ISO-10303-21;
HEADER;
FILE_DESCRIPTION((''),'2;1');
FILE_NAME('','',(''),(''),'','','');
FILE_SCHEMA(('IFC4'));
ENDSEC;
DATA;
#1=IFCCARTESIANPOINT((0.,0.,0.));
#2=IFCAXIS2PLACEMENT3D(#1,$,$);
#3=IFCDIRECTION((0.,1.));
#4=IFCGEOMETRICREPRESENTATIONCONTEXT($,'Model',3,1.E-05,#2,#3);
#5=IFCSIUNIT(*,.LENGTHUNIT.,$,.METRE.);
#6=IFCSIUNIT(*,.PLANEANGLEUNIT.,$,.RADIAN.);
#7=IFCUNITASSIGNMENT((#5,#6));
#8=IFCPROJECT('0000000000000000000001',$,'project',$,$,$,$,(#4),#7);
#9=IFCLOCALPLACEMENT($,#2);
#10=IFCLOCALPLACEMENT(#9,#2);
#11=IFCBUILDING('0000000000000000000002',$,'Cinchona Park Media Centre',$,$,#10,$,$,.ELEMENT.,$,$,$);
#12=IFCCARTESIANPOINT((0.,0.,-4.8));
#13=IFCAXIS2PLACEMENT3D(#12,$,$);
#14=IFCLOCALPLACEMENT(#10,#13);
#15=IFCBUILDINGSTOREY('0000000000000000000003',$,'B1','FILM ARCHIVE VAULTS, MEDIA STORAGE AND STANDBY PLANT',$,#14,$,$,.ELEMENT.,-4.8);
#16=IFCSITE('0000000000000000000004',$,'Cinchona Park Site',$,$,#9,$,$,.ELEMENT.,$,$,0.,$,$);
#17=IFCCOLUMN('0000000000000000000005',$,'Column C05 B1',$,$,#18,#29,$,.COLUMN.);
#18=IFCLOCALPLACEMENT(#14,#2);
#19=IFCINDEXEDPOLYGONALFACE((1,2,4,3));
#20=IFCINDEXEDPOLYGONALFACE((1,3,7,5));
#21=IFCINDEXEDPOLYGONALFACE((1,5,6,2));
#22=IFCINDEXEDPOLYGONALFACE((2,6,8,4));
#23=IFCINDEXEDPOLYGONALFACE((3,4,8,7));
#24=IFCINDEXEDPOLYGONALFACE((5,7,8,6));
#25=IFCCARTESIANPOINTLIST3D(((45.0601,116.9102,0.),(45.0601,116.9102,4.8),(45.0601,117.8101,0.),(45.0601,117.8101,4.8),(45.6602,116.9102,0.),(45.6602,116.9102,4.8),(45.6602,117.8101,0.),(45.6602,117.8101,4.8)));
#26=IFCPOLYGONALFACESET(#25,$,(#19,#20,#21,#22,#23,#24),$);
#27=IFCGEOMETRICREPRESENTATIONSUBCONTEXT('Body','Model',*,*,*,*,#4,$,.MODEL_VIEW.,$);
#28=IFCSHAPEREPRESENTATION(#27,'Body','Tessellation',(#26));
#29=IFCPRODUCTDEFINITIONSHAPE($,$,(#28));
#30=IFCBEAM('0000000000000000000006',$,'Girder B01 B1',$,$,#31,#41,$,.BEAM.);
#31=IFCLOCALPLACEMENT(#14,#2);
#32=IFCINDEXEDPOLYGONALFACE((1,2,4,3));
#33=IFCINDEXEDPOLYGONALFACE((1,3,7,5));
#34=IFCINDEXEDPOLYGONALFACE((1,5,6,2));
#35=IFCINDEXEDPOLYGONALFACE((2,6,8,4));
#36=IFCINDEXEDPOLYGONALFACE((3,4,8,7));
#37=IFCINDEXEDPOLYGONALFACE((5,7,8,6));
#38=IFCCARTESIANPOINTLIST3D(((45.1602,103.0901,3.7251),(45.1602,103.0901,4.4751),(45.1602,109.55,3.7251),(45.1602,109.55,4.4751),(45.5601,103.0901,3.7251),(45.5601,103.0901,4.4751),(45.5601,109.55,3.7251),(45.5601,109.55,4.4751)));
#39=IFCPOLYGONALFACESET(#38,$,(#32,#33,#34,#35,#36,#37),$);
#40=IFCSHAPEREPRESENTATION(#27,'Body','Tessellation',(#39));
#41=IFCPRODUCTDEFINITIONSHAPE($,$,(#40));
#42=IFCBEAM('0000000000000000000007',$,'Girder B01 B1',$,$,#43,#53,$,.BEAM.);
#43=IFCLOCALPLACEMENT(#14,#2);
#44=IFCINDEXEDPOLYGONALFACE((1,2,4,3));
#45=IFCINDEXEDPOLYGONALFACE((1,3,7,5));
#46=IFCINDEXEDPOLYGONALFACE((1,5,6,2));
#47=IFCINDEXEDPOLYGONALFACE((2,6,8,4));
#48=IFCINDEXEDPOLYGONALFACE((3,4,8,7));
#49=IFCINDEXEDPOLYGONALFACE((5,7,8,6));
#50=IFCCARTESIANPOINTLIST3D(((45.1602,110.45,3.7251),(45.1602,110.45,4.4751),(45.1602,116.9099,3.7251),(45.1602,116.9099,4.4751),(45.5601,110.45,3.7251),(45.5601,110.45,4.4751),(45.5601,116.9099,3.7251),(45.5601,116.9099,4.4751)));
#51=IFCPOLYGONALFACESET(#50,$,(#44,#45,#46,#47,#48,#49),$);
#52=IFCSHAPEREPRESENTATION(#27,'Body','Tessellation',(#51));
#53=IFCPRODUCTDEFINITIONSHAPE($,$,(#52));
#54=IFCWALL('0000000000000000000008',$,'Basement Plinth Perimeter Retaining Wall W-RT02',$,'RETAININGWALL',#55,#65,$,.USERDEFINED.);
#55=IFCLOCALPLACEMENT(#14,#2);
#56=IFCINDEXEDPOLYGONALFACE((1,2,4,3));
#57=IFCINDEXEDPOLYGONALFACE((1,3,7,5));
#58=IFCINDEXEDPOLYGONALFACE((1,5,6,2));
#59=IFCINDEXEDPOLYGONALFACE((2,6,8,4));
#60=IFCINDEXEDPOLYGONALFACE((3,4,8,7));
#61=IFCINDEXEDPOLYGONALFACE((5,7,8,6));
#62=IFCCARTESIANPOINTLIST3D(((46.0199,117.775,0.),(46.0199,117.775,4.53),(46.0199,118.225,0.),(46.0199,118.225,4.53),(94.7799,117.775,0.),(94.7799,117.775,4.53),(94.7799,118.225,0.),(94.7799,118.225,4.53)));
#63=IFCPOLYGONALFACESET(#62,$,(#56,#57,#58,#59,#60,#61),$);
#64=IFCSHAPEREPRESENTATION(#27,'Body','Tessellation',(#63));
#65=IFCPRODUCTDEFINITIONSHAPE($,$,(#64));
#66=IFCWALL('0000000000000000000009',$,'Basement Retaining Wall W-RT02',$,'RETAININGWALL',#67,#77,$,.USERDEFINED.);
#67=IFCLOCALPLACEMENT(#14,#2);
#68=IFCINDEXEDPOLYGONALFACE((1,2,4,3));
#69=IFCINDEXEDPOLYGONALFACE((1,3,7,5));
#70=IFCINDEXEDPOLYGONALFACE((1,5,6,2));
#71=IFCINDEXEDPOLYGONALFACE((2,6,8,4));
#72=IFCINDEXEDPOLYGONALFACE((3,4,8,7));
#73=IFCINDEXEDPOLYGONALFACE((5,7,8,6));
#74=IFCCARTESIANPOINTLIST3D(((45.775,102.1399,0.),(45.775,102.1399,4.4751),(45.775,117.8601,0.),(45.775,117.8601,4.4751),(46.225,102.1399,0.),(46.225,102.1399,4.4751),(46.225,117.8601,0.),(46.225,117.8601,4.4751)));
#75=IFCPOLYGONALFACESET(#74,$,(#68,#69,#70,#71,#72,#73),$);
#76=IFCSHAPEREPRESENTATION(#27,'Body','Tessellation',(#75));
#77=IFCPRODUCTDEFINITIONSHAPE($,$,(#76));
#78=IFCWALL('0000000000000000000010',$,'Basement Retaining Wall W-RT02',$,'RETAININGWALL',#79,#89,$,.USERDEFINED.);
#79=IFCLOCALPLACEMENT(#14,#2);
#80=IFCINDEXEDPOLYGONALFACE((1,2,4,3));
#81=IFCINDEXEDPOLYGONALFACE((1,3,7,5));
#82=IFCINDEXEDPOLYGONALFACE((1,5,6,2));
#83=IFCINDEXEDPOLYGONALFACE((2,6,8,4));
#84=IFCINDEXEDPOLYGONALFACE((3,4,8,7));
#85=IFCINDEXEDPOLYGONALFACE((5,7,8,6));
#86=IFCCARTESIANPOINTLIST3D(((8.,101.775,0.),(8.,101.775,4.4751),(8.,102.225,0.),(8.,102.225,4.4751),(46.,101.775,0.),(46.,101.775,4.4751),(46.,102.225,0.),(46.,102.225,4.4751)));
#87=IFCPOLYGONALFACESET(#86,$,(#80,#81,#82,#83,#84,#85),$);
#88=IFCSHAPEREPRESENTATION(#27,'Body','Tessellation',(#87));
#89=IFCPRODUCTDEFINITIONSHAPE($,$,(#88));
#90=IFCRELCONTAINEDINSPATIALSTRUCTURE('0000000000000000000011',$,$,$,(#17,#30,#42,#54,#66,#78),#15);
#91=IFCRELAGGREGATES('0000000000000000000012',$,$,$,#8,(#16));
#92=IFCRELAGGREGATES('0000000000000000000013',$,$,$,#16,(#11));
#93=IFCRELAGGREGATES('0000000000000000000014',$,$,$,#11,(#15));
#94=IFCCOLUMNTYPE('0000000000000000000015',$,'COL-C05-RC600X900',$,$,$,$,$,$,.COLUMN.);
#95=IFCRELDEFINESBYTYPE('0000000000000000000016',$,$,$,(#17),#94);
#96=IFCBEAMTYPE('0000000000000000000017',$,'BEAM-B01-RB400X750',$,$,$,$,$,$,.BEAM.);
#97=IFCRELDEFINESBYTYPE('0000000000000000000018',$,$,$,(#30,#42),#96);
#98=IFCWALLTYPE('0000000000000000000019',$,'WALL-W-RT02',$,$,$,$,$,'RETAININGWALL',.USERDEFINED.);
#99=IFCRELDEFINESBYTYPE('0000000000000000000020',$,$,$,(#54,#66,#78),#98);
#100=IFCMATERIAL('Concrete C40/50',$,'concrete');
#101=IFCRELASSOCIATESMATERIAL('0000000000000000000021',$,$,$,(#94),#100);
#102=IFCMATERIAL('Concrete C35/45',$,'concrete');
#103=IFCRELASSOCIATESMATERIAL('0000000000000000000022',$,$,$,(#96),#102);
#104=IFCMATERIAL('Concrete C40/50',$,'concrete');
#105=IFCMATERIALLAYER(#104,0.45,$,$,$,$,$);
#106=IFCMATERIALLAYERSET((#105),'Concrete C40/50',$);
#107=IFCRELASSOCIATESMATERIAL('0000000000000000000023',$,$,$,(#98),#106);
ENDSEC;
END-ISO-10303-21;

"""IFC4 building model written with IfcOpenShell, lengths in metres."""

from ifc_helpers import new_model, si_unit, direction, frame, frame_2d, origin, origin_2d, place, context, subcontext, project, spatial, rectangle, extrude, material, layer, layer_set, material_profile, profile_set, type_object, element, save


model = new_model("IFC4")

# Units and contexts
model_context = context("Model", 3, precision=1e-05, world=origin(), true_north=direction((0.0, 1.0)))
body_context = subcontext(model_context, "Body", "Model", "MODEL_VIEW")
ifc_project = project(units=[si_unit("LENGTHUNIT", "METRE"), si_unit("PLANEANGLEUNIT", "RADIAN")], contexts=[model_context])

# Site, building, storey
site_placement = place(None, origin())
site = spatial("IfcSite", under=ifc_project, at=site_placement, Name="Cinchona Park Site", CompositionType="ELEMENT", RefElevation=0.0)
building_placement = place(site_placement, origin())
building = spatial("IfcBuilding", under=site, at=building_placement, Name="Cinchona Park Media Centre", CompositionType="ELEMENT")
storey_placement = place(building_placement, frame((0.0, 0.0, -4.8)))
storey = spatial("IfcBuildingStorey", under=building, at=storey_placement, Name="B1", Description="FILM ARCHIVE VAULTS, MEDIA STORAGE AND STANDBY PLANT", CompositionType="ELEMENT", Elevation=-4.8)

# Column
ifc_material_1 = material(Name="Concrete C40/50", Category="concrete")
ifc_material_profile_1 = material_profile(ifc_material_1, rectangle(XDim=0.6001, YDim=0.8999, at=origin_2d()), Name="RC 600X900")
ifc_profile_set_1 = profile_set([ifc_material_profile_1], Name="Concrete C40/50")
column_type = type_object("IfcColumnType", Name="COL-C05-RC600X900", PredefinedType="COLUMN", material=ifc_profile_set_1)
for number, where, z_axis, x_axis, name in (
    (1, (45.3601, 117.3601, 0.0), (0.0, 0.0, 1.0), (1.0, 0.0, 0.0), "Column C05 B1"),
):
    element("IfcColumn", number, at=place(storey_placement, frame(where, z_axis=z_axis, x_axis=x_axis)), inside=storey, type_object=column_type, Name=name, PredefinedType="COLUMN", context=body_context, shape_type="SweptSolid", body=[
        extrude(rectangle(XDim=0.6001, YDim=0.8999, at=origin_2d()), origin(), (0.0, 0.0, 1.0), 4.8),
    ])

# Beams
ifc_material_2 = material(Name="Concrete C35/45", Category="concrete")
ifc_material_profile_2 = material_profile(ifc_material_2, rectangle(XDim=0.3999, YDim=0.75, at=origin_2d()), Name="RB 400X750")
ifc_profile_set_2 = profile_set([ifc_material_profile_2], Name="Concrete C35/45")
beam_type = type_object("IfcBeamType", Name="BEAM-B01-RB400X750", PredefinedType="BEAM", material=ifc_profile_set_2)
for number, where, z_axis, x_axis, name in (
    (2, (45.3601, 103.0901, 4.1001), (0.0, 1.0, 0.0), (-1.0, 0.0, 0.0), "Girder B01 B1"),
    (3, (45.3601, 110.45, 4.1001), (0.0, 1.0, 0.0), (-1.0, 0.0, 0.0), "Girder B01 B1"),
):
    element("IfcBeam", number, at=place(storey_placement, frame(where, z_axis=z_axis, x_axis=x_axis)), inside=storey, type_object=beam_type, Name=name, PredefinedType="BEAM", context=body_context, shape_type="SweptSolid", body=[
        extrude(rectangle(XDim=0.3999, YDim=0.75, at=origin_2d()), origin(), (0.0, 0.0, 1.0), 6.46),
    ])

# Walls
ifc_material_3 = material(Name="Concrete C40/50", Category="concrete")
ifc_layer_1 = layer(ifc_material_3, 0.45)
ifc_layer_set_1 = layer_set([ifc_layer_1], Name="Concrete C40/50")
wall_type = type_object("IfcWallType", Name="WALL-W-RT02", ElementType="RETAININGWALL", PredefinedType="USERDEFINED", material=ifc_layer_set_1)
wall_1_placement = place(storey_placement, frame((46.02, 118.0, 0.0), z_axis=(0.0, 0.0, 1.0), x_axis=(1.0, 0.0, 0.0)))
element("IfcWall", 4, at=wall_1_placement, inside=storey, type_object=wall_type, Name="Basement Plinth Perimeter Retaining Wall W-RT02", ObjectType="RETAININGWALL", PredefinedType="USERDEFINED", context=body_context, shape_type="SweptSolid", body=[
    extrude(rectangle(XDim=48.76, YDim=0.45, at=frame_2d((24.3799, 0.0))), origin(), (0.0, 0.0, 1.0), 4.53),
])
wall_2_placement = place(storey_placement, frame((46.0, 117.8601, 0.0), z_axis=(0.0, 0.0, 1.0), x_axis=(0.0, -1.0, 0.0)))
element("IfcWall", 5, at=wall_2_placement, inside=storey, type_object=wall_type, Name="Basement Retaining Wall W-RT02", ObjectType="RETAININGWALL", PredefinedType="USERDEFINED", context=body_context, shape_type="SweptSolid", body=[
    extrude(rectangle(XDim=15.7202, YDim=0.45, at=frame_2d((7.8601, 0.0))), origin(), (0.0, 0.0, 1.0), 4.4751),
])
wall_3_placement = place(storey_placement, frame((46.0, 102.0, 0.0), z_axis=(0.0, 0.0, 1.0), x_axis=(-1.0, 0.0, 0.0)))
element("IfcWall", 6, at=wall_3_placement, inside=storey, type_object=wall_type, Name="Basement Retaining Wall W-RT02", ObjectType="RETAININGWALL", PredefinedType="USERDEFINED", context=body_context, shape_type="SweptSolid", body=[
    extrude(rectangle(XDim=38.0, YDim=0.45, at=frame_2d((19.0, 0.0))), origin(), (0.0, 0.0, 1.0), 4.4751),
])

save(model, "model.ifc")
